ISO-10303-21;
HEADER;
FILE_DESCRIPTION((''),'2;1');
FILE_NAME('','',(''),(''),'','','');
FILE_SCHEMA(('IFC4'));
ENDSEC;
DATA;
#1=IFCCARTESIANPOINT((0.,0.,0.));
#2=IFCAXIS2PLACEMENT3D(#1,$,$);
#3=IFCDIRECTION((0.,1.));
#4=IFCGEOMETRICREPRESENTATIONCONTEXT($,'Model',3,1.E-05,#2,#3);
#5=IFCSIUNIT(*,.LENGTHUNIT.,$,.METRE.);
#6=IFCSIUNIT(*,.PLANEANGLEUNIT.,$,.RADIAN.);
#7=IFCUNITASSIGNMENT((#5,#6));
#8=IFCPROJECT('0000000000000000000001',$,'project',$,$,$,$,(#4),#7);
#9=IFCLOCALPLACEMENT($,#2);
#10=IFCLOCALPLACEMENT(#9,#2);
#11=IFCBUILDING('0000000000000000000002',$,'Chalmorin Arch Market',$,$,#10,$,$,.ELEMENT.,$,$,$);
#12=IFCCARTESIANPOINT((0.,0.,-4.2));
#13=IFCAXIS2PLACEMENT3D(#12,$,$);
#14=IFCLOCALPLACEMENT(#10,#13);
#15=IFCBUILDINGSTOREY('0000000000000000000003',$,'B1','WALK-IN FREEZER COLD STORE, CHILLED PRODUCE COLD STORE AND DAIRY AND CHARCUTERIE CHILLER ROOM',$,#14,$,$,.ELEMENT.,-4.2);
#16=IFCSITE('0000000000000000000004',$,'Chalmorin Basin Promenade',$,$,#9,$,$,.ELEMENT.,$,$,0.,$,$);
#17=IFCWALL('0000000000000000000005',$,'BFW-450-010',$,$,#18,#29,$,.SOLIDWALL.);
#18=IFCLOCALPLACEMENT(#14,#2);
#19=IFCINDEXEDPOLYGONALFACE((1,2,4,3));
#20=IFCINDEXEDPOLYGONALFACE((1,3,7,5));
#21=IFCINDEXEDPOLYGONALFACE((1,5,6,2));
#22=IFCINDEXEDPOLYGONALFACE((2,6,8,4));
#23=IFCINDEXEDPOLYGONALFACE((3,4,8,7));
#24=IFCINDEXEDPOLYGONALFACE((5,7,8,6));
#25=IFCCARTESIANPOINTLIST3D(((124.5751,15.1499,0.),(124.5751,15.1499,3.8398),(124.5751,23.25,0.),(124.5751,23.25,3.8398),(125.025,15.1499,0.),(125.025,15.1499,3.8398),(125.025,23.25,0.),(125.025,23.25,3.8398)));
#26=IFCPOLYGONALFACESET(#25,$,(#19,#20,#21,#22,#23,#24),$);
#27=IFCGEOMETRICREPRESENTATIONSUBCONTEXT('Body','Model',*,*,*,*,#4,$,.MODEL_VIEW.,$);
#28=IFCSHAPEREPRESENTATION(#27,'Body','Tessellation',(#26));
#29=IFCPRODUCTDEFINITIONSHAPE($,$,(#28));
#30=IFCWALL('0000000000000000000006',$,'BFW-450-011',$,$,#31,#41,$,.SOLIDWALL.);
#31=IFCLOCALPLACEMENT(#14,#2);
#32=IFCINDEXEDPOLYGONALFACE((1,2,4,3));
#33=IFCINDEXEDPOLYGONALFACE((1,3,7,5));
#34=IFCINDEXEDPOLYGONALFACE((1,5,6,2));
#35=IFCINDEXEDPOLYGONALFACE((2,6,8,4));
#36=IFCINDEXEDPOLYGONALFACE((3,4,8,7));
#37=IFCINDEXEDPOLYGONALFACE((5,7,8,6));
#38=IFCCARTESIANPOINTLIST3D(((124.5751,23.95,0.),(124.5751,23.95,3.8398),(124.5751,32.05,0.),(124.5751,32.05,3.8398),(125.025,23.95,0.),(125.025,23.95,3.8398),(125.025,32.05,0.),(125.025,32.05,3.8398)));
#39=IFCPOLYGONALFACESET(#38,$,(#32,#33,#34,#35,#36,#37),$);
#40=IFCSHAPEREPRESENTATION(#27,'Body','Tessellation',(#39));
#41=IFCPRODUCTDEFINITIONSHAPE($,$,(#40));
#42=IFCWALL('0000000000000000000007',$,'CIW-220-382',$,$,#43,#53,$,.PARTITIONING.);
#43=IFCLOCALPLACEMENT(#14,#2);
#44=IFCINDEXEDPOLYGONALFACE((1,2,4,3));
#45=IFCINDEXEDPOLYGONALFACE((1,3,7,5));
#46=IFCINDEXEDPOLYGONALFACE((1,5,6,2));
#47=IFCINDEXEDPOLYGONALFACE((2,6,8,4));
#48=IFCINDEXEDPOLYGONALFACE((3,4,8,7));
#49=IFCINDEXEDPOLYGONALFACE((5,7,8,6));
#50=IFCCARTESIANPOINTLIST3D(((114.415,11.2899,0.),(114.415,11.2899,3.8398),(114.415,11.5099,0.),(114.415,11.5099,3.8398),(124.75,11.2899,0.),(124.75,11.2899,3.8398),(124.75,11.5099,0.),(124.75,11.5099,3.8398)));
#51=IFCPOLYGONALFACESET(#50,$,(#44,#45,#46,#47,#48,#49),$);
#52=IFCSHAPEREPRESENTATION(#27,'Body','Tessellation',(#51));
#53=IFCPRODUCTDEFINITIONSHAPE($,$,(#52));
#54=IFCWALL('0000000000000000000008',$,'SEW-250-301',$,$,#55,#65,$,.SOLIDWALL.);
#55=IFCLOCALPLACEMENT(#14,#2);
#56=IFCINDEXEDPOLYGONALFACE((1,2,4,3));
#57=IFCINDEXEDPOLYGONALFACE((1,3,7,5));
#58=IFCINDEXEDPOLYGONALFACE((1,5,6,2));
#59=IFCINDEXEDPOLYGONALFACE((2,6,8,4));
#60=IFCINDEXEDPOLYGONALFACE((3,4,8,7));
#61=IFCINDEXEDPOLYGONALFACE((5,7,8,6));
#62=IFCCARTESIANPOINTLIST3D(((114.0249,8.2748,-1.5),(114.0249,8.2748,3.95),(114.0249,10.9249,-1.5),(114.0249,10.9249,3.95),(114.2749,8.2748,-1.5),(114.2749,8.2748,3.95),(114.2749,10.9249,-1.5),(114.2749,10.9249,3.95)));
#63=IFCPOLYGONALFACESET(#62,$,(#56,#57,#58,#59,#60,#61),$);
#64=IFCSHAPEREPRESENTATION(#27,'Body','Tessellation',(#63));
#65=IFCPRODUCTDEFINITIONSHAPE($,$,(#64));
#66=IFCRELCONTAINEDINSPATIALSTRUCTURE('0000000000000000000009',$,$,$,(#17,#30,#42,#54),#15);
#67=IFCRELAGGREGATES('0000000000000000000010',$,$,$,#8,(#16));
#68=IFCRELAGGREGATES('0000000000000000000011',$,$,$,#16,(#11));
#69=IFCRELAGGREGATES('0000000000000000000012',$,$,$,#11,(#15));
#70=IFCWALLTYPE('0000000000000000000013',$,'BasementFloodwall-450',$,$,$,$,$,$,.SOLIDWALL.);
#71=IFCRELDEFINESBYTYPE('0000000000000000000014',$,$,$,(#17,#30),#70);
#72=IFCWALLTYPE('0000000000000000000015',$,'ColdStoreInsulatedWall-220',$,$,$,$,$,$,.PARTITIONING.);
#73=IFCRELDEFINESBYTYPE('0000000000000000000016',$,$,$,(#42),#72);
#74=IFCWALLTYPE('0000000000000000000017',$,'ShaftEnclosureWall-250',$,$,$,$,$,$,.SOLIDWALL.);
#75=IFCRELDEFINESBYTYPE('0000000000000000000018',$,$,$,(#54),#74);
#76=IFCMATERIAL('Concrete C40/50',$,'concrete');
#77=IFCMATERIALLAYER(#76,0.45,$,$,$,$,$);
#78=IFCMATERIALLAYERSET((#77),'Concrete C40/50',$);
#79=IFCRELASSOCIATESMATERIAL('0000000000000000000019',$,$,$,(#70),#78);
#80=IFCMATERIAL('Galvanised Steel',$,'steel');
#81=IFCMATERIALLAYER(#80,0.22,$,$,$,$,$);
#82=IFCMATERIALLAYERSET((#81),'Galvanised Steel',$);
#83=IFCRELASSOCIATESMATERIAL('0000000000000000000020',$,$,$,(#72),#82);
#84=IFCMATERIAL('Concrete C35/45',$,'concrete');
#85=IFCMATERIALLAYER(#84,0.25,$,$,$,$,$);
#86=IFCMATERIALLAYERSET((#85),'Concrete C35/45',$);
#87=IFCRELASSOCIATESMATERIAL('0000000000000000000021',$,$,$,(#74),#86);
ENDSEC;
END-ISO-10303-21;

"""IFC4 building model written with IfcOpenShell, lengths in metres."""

from ifc_helpers import new_model, si_unit, direction, frame, frame_2d, origin, place, context, subcontext, project, spatial, rectangle, extrude, material, layer, layer_set, type_object, element, save


model = new_model("IFC4")

# Units and contexts
model_context = context("Model", 3, precision=1e-05, world=origin(), true_north=direction((0.0, 1.0)))
body_context = subcontext(model_context, "Body", "Model", "MODEL_VIEW")
ifc_project = project(units=[si_unit("LENGTHUNIT", "METRE"), si_unit("PLANEANGLEUNIT", "RADIAN")], contexts=[model_context])

# Site, building, storey
site_placement = place(None, origin())
site = spatial("IfcSite", under=ifc_project, at=site_placement, Name="Chalmorin Basin Promenade", CompositionType="ELEMENT", RefElevation=0.0)
building_placement = place(site_placement, origin())
building = spatial("IfcBuilding", under=site, at=building_placement, Name="Chalmorin Arch Market", CompositionType="ELEMENT")
storey_placement = place(building_placement, frame((0.0, 0.0, -4.2)))
storey = spatial("IfcBuildingStorey", under=building, at=storey_placement, Name="B1", Description="WALK-IN FREEZER COLD STORE, CHILLED PRODUCE COLD STORE AND DAIRY AND CHARCUTERIE CHILLER ROOM", CompositionType="ELEMENT", Elevation=-4.2)

# Shared definitions
ifc_material_1 = material(Name="Concrete C40/50", Category="concrete")

# Walls
ifc_layer_1 = layer(ifc_material_1, 0.45)
ifc_layer_set_1 = layer_set([ifc_layer_1], Name="Concrete C40/50")
wall_type_1 = type_object("IfcWallType", Name="BasementFloodwall-450", PredefinedType="SOLIDWALL", material=ifc_layer_set_1)
for number, where, z_axis, x_axis, name in (
    (1, (124.8, 15.1499, 0.0), (0.0, 0.0, 1.0), (0.0, 1.0, 0.0), "BFW-450-010"),
    (2, (124.8, 23.95, 0.0), (0.0, 0.0, 1.0), (0.0, 1.0, 0.0), "BFW-450-011"),
):
    element("IfcWall", number, at=place(storey_placement, frame(where, z_axis=z_axis, x_axis=x_axis)), inside=storey, type_object=wall_type_1, Name=name, PredefinedType="SOLIDWALL", context=body_context, shape_type="SweptSolid", body=[
        extrude(rectangle(XDim=8.1001, YDim=0.45, at=frame_2d((4.05, 0.0))), origin(), (0.0, 0.0, 1.0), 3.8398),
    ])
ifc_material_2 = material(Name="Galvanised Steel", Category="steel")
ifc_layer_2 = layer(ifc_material_2, 0.22)
ifc_layer_set_2 = layer_set([ifc_layer_2], Name="Galvanised Steel")
wall_type_2 = type_object("IfcWallType", Name="ColdStoreInsulatedWall-220", PredefinedType="PARTITIONING", material=ifc_layer_set_2)
wall_1_placement = place(storey_placement, frame((114.415, 11.3999, 0.0), z_axis=(0.0, 0.0, 1.0), x_axis=(1.0, 0.0, 0.0)))
element("IfcWall", 3, at=wall_1_placement, inside=storey, type_object=wall_type_2, Name="CIW-220-382", PredefinedType="PARTITIONING", context=body_context, shape_type="SweptSolid", body=[
    extrude(rectangle(XDim=10.335, YDim=0.22, at=frame_2d((5.1675, 0.0))), origin(), (0.0, 0.0, 1.0), 3.8398),
])
ifc_material_3 = material(Name="Concrete C35/45", Category="concrete")
ifc_layer_3 = layer(ifc_material_3, 0.25)
ifc_layer_set_3 = layer_set([ifc_layer_3], Name="Concrete C35/45")
wall_type_3 = type_object("IfcWallType", Name="ShaftEnclosureWall-250", PredefinedType="SOLIDWALL", material=ifc_layer_set_3)
wall_2_placement = place(storey_placement, frame((114.1499, 10.925, -1.5), z_axis=(0.0, 0.0, 1.0), x_axis=(0.0, -1.0, 0.0)))
element("IfcWall", 4, at=wall_2_placement, inside=storey, type_object=wall_type_3, Name="SEW-250-301", PredefinedType="SOLIDWALL", context=body_context, shape_type="SweptSolid", body=[
    extrude(rectangle(XDim=2.6501, YDim=0.25, at=frame_2d((1.3252, 0.0))), origin(), (0.0, 0.0, 1.0), 5.45),
])

save(model, "model.ifc")
